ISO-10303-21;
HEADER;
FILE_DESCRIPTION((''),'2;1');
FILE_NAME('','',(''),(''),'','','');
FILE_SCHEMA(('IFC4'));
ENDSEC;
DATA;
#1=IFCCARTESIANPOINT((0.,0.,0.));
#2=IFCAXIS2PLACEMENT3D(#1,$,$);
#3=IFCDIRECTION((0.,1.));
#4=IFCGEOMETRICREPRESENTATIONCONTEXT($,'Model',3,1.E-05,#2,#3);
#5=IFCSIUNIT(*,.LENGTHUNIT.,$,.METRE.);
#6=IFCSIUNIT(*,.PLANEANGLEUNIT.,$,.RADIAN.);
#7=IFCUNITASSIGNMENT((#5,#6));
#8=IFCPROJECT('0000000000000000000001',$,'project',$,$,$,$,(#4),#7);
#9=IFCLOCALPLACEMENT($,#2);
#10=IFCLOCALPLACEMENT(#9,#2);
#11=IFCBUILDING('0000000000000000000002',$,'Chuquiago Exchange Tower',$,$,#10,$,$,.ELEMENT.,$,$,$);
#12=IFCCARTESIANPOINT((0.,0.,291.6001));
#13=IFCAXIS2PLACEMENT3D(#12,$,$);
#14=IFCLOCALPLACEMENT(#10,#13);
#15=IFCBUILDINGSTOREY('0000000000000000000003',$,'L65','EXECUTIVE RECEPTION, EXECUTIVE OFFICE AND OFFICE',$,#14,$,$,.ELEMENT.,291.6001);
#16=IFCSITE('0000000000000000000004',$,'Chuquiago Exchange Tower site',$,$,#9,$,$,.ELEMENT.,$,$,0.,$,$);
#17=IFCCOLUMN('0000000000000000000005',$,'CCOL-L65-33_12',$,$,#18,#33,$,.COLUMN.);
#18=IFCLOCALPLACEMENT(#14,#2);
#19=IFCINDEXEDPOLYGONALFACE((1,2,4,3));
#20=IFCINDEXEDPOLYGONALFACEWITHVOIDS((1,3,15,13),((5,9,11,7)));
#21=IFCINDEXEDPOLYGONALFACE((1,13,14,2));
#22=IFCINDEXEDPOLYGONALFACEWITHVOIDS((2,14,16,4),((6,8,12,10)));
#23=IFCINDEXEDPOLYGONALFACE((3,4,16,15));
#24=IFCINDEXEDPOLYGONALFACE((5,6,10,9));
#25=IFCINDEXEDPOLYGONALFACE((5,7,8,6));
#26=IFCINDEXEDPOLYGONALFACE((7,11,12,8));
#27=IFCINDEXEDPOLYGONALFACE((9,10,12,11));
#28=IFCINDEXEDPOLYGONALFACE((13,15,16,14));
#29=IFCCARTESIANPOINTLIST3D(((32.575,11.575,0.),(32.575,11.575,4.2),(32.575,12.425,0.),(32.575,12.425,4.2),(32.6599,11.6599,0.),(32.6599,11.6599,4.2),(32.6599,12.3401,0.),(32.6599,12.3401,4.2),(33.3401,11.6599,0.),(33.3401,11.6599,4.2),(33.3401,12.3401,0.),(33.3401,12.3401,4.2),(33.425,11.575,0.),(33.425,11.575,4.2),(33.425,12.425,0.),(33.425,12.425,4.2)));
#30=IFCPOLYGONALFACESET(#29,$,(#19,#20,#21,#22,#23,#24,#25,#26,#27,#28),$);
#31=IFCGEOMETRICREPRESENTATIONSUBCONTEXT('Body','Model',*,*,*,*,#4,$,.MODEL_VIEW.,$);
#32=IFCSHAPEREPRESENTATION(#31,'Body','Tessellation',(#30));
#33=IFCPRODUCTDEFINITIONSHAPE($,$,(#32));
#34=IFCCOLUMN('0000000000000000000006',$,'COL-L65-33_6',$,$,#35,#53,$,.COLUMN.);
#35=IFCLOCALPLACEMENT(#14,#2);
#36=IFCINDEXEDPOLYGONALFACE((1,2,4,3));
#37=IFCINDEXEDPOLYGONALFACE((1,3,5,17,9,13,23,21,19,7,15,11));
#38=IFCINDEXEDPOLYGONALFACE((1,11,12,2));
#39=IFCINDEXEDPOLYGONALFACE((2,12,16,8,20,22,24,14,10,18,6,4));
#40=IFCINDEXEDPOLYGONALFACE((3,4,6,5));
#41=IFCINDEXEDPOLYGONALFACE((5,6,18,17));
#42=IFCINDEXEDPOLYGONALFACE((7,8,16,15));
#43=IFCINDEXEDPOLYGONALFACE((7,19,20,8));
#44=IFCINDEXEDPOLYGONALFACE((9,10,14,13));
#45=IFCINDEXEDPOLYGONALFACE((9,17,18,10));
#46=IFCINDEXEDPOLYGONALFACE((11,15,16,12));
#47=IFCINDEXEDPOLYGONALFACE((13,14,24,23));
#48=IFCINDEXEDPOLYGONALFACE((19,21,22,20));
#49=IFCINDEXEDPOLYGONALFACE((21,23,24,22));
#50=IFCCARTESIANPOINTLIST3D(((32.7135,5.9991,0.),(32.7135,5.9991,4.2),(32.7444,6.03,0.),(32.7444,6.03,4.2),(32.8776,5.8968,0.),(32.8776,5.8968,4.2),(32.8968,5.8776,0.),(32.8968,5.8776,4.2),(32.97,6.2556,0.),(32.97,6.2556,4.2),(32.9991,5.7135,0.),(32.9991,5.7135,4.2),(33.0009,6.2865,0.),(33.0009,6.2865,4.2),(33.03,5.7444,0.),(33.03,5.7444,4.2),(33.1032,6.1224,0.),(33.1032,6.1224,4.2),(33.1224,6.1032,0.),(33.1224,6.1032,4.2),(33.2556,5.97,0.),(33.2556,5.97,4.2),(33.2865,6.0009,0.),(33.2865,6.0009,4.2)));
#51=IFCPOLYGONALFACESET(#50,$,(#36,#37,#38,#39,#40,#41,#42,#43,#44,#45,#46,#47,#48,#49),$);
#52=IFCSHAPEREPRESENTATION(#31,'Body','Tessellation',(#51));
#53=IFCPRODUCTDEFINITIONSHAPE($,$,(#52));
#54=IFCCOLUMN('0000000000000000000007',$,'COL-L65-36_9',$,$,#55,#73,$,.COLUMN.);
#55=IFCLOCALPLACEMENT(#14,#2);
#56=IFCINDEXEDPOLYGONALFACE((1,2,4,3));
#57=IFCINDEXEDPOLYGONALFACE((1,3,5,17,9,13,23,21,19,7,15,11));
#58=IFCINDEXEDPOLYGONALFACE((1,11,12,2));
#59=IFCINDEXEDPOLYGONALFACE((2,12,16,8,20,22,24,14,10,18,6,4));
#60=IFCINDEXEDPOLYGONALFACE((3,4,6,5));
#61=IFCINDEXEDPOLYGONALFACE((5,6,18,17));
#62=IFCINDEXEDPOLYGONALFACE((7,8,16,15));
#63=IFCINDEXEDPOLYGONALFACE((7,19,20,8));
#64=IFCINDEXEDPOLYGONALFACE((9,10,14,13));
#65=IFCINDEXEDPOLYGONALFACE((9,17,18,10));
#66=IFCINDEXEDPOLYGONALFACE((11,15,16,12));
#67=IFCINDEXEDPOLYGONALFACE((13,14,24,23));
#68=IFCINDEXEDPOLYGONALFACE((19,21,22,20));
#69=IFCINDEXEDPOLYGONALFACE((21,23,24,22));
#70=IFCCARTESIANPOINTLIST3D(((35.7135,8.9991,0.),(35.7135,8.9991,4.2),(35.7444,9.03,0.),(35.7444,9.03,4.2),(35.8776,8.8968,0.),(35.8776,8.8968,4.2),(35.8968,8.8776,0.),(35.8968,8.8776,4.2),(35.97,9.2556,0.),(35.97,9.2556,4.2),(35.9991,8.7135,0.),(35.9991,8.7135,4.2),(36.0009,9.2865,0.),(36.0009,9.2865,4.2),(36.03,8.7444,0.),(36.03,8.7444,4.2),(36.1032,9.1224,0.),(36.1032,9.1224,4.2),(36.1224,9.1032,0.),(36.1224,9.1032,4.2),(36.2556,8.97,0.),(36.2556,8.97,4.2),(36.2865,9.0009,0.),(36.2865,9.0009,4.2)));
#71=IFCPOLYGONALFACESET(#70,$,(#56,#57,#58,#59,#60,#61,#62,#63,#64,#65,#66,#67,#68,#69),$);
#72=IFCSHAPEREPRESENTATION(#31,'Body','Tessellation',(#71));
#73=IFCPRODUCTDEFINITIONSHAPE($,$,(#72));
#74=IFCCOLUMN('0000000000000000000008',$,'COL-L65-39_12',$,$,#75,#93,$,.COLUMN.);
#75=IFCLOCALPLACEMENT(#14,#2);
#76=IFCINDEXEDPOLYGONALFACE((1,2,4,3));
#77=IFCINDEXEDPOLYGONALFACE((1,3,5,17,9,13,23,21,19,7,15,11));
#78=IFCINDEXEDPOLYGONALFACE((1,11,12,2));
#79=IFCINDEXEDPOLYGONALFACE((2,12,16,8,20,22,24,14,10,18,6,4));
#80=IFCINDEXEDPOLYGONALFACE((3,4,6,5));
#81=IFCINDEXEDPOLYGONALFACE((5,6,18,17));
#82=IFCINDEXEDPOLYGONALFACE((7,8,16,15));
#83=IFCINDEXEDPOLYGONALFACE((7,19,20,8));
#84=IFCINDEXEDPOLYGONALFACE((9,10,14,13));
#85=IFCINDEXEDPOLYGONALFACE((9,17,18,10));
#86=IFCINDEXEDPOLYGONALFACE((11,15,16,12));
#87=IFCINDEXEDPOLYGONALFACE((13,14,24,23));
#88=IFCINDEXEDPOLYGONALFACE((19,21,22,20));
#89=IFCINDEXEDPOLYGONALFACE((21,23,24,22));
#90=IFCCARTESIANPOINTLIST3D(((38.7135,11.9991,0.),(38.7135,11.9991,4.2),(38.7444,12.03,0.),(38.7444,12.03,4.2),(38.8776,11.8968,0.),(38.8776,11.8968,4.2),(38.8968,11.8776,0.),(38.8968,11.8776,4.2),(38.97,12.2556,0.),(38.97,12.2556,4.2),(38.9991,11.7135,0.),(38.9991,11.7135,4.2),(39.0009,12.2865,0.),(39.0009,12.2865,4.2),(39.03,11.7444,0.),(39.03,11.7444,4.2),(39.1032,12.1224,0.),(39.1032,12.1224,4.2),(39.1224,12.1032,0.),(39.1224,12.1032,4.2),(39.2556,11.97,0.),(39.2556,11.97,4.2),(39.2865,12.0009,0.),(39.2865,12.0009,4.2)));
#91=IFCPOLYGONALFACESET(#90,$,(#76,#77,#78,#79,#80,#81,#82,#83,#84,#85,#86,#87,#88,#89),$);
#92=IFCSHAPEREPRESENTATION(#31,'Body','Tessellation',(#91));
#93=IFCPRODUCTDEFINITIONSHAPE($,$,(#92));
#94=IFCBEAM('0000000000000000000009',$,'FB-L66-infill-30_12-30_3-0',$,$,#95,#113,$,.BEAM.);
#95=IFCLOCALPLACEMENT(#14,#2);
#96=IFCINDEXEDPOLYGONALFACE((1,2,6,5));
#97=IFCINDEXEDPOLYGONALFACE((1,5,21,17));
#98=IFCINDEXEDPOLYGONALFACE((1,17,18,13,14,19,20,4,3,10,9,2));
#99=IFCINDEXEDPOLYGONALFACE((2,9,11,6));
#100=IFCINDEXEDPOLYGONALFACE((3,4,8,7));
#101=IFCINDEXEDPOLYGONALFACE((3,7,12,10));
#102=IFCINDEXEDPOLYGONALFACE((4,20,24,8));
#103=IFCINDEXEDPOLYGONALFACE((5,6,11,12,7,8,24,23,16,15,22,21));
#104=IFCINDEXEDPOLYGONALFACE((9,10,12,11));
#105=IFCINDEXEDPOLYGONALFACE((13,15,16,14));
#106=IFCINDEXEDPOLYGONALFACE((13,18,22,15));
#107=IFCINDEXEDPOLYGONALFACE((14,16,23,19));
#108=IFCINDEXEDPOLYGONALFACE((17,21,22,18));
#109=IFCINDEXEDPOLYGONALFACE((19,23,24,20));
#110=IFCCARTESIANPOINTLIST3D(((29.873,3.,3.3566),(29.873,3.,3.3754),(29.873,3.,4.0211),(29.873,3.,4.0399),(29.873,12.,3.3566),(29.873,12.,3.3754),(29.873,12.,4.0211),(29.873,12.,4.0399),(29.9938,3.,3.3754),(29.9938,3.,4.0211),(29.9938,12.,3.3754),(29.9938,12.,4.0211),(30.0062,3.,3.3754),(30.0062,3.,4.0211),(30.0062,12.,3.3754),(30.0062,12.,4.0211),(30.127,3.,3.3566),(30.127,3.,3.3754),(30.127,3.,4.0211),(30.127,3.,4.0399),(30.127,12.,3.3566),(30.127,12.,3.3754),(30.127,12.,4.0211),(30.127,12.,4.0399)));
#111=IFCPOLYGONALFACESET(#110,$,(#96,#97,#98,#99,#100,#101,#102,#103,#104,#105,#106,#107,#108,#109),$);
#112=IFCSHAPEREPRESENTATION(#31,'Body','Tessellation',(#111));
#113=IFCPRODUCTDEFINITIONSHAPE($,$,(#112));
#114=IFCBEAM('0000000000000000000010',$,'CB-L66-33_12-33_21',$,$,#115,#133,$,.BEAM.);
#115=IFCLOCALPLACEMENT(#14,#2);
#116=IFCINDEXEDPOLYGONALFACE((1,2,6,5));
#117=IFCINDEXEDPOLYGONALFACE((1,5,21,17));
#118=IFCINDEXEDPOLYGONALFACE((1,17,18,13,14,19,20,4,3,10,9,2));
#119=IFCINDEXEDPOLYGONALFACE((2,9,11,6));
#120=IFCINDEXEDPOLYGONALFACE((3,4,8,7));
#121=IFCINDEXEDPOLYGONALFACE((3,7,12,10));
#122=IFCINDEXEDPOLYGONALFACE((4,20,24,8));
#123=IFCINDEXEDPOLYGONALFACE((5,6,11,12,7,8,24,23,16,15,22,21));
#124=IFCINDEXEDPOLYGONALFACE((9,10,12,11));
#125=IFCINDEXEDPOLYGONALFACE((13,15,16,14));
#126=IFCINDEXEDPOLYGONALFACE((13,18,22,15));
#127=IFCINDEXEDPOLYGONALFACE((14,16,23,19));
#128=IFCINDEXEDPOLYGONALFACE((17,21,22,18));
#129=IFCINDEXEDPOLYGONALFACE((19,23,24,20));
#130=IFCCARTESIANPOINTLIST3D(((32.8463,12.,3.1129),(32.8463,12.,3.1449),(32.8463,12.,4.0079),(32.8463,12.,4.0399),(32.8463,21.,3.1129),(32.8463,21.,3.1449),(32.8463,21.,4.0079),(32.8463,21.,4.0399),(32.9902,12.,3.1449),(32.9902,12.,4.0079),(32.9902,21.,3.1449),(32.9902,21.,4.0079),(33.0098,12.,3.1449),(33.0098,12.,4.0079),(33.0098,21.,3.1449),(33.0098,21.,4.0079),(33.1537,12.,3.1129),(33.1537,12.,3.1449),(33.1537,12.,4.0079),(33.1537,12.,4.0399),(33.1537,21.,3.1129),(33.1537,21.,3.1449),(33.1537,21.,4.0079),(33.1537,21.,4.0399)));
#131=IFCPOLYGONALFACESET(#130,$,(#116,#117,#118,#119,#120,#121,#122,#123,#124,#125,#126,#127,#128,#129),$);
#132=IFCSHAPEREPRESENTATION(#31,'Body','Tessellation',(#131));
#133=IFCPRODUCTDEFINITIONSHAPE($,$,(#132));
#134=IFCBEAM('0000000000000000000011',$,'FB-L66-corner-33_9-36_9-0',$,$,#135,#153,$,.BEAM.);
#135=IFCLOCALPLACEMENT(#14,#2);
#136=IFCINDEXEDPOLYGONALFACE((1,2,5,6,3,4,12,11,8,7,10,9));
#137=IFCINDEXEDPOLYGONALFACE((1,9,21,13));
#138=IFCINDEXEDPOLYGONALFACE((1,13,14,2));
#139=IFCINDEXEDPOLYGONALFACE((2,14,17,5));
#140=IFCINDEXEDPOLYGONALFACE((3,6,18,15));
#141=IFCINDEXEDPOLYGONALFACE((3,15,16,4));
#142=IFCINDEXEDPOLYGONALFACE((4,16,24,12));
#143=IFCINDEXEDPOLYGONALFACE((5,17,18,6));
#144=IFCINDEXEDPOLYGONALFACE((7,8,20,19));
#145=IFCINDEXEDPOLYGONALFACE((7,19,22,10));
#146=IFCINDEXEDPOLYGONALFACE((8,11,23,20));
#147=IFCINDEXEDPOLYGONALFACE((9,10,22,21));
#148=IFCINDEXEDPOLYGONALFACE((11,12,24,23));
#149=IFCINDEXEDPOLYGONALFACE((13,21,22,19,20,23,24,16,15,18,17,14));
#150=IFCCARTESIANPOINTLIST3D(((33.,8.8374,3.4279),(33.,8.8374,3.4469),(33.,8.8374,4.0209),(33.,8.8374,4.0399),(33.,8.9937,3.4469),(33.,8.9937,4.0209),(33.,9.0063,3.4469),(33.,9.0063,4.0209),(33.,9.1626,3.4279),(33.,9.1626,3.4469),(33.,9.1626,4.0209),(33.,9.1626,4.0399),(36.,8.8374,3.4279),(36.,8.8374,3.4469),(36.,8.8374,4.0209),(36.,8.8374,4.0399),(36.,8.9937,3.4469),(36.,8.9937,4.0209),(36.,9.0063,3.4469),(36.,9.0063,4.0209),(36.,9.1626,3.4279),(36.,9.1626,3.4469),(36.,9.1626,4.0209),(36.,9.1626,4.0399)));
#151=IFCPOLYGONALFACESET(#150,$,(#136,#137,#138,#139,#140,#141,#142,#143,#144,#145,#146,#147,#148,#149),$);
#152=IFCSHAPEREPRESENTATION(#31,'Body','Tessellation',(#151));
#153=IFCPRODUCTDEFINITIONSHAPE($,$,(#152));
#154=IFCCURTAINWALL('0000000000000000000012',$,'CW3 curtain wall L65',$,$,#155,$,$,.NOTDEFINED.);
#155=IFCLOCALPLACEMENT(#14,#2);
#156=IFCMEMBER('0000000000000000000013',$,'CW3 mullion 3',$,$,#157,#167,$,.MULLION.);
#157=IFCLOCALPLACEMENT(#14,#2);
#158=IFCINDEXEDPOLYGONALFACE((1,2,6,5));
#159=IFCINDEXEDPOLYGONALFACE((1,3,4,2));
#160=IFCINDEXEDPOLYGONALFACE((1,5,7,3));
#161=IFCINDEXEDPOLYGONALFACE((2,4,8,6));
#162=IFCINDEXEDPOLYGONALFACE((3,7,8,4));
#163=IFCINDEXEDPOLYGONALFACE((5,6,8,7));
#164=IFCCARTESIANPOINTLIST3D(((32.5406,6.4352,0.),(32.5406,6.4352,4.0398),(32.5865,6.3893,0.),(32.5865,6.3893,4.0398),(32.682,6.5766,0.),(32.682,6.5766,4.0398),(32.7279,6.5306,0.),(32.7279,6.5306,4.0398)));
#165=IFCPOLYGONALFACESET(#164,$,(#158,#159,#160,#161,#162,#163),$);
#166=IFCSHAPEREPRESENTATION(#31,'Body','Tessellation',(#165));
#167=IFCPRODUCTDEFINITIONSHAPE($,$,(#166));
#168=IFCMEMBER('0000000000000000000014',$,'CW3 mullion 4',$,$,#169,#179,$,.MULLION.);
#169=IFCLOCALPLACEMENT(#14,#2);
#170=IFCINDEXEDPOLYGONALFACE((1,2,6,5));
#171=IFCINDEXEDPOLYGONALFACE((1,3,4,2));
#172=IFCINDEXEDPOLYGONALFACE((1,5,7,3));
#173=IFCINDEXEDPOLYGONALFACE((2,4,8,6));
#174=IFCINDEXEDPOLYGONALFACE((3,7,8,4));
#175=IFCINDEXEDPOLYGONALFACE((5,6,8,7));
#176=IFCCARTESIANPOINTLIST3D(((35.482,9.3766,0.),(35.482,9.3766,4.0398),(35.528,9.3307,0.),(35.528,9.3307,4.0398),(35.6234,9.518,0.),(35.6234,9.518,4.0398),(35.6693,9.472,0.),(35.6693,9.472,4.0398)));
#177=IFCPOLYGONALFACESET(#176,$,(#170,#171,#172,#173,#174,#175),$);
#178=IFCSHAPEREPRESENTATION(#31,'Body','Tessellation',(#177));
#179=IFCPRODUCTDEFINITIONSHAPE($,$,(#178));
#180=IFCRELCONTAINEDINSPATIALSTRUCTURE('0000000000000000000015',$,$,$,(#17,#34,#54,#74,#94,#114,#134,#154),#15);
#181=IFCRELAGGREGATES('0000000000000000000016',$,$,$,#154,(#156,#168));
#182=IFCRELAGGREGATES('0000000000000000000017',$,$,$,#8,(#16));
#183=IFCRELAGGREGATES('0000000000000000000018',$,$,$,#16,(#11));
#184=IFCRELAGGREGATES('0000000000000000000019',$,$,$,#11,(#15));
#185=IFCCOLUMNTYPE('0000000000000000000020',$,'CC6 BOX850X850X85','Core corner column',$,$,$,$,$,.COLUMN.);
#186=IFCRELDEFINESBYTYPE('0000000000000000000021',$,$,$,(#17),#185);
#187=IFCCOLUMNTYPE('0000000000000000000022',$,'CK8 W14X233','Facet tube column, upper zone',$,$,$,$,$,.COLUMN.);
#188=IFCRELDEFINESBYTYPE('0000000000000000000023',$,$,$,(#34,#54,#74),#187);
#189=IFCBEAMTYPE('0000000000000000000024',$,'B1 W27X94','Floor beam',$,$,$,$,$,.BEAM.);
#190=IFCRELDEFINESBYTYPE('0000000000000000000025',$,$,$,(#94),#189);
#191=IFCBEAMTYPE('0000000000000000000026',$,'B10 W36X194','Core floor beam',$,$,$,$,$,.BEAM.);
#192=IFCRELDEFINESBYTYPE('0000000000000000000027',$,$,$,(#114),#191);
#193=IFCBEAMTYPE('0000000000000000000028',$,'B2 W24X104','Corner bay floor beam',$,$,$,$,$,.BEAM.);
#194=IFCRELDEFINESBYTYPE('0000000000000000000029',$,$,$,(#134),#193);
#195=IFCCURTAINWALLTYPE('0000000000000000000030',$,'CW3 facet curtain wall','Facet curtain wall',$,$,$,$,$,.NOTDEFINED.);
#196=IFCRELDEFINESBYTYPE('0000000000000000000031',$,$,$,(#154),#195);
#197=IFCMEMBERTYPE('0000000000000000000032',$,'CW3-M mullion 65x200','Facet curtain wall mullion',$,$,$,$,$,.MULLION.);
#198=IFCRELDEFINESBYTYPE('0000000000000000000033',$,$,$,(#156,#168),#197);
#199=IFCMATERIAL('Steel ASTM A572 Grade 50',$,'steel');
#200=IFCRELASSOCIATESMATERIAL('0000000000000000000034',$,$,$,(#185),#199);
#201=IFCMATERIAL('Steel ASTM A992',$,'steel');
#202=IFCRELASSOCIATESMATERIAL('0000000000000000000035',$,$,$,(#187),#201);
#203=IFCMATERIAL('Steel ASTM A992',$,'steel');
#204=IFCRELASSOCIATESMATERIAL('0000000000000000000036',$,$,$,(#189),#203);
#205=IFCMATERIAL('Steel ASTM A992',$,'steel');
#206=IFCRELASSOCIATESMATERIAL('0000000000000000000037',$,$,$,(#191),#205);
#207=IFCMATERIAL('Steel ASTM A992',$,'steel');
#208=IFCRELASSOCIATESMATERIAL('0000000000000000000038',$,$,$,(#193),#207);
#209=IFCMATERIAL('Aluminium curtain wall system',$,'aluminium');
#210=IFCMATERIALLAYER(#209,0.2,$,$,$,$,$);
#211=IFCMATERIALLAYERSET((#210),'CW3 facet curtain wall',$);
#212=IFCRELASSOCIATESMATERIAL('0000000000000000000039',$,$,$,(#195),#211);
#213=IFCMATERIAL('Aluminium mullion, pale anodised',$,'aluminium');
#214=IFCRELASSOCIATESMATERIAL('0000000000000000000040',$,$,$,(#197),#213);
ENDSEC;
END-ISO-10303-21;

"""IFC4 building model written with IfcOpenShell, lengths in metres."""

from ifc_helpers import new_model, si_unit, direction, frame, origin, origin_2d, place, context, subcontext, project, spatial, rectangle, hollow_rectangle, i_section, extrude, material, layer, layer_set, material_profile, profile_set, type_object, element, aggregate, save


model = new_model("IFC4")

# Units and contexts
model_context = context("Model", 3, precision=1e-05, world=origin(), true_north=direction((0.0, 1.0)))
body_context = subcontext(model_context, "Body", "Model", "MODEL_VIEW")
ifc_project = project(units=[si_unit("LENGTHUNIT", "METRE"), si_unit("PLANEANGLEUNIT", "RADIAN")], contexts=[model_context])

# Site, building, storey
site_placement = place(None, origin())
site = spatial("IfcSite", under=ifc_project, at=site_placement, Name="Chuquiago Exchange Tower site", CompositionType="ELEMENT", RefElevation=0.0)
building_placement = place(site_placement, origin())
building = spatial("IfcBuilding", under=site, at=building_placement, Name="Chuquiago Exchange Tower", CompositionType="ELEMENT")
storey_placement = place(building_placement, frame((0.0, 0.0, 291.6001)))
storey = spatial("IfcBuildingStorey", under=building, at=storey_placement, Name="L65", Description="EXECUTIVE RECEPTION, EXECUTIVE OFFICE AND OFFICE", CompositionType="ELEMENT", Elevation=291.6001)

# Columns
ifc_material_1 = material(Name="Steel ASTM A572 Grade 50", Category="steel")
ifc_material_profile_1 = material_profile(ifc_material_1, hollow_rectangle(XDim=0.8501, YDim=0.8501, WallThickness=0.085, at=origin_2d()), Name="BOX850X850X85")
ifc_profile_set_1 = profile_set([ifc_material_profile_1], Name="Steel ASTM A572 Grade 50")
column_type_1 = type_object("IfcColumnType", Name="CC6 BOX850X850X85", Description="Core corner column", PredefinedType="COLUMN", material=ifc_profile_set_1)
column_placement = place(storey_placement, frame((33.0, 12.0, 0.0), z_axis=(0.0, 0.0, 1.0), x_axis=(1.0, 0.0, 0.0)))
element("IfcColumn", 1, at=column_placement, inside=storey, type_object=column_type_1, Name="CCOL-L65-33_12", PredefinedType="COLUMN", context=body_context, shape_type="SweptSolid", body=[
    extrude(hollow_rectangle(XDim=0.8501, YDim=0.8501, WallThickness=0.085, at=origin_2d()), origin(), (0.0, 0.0, 1.0), 4.2),
])
ifc_material_2 = material(Name="Steel ASTM A992", Category="steel")
ifc_material_profile_2 = material_profile(ifc_material_2, i_section(OverallWidth=0.4038, OverallDepth=0.4065, WebThickness=0.0271, FlangeThickness=0.0437, at=origin_2d()), Name="W14X233")
ifc_profile_set_2 = profile_set([ifc_material_profile_2], Name="Steel ASTM A992")
column_type_2 = type_object("IfcColumnType", Name="CK8 W14X233", Description="Facet tube column, upper zone", PredefinedType="COLUMN", material=ifc_profile_set_2)
for number, where, z_axis, x_axis, name in (
    (2, (33.0, 6.0, 0.0), (0.0, 0.0, 1.0), (0.707107, -0.707107, 0.0), "COL-L65-33_6"),
    (3, (36.0, 9.0, 0.0), (0.0, 0.0, 1.0), (0.707107, -0.707107, 0.0), "COL-L65-36_9"),
    (4, (39.0, 12.0, 0.0), (0.0, 0.0, 1.0), (0.707107, -0.707107, 0.0), "COL-L65-39_12"),
):
    element("IfcColumn", number, at=place(storey_placement, frame(where, z_axis=z_axis, x_axis=x_axis)), inside=storey, type_object=column_type_2, Name=name, PredefinedType="COLUMN", context=body_context, shape_type="SweptSolid", body=[
        extrude(i_section(OverallWidth=0.4038, OverallDepth=0.4065, WebThickness=0.0271, FlangeThickness=0.0437, at=origin_2d()), origin(), (0.0, 0.0, 1.0), 4.2),
    ])

# Beams
ifc_material_3 = material(Name="Steel ASTM A992", Category="steel")
ifc_material_profile_3 = material_profile(ifc_material_3, i_section(OverallWidth=0.2539, OverallDepth=0.6833, WebThickness=0.0125, FlangeThickness=0.0188, at=origin_2d()), Name="W27X94")
ifc_profile_set_3 = profile_set([ifc_material_profile_3], Name="Steel ASTM A992")
beam_type_1 = type_object("IfcBeamType", Name="B1 W27X94", Description="Floor beam", PredefinedType="BEAM", material=ifc_profile_set_3)
beam_1_placement = place(storey_placement, frame((30.0, 12.0, 3.6982), z_axis=(0.0, -1.0, 0.0), x_axis=(1.0, 0.0, 0.0)))
element("IfcBeam", 5, at=beam_1_placement, inside=storey, type_object=beam_type_1, Name="FB-L66-infill-30_12-30_3-0", PredefinedType="BEAM", context=body_context, shape_type="SweptSolid", body=[
    extrude(i_section(OverallWidth=0.2539, OverallDepth=0.6833, WebThickness=0.0125, FlangeThickness=0.0188, at=origin_2d()), origin(), (0.0, 0.0, 1.0), 9.0),
])
ifc_material_4 = material(Name="Steel ASTM A992", Category="steel")
ifc_material_profile_4 = material_profile(ifc_material_4, i_section(OverallWidth=0.3074, OverallDepth=0.927, WebThickness=0.0195, FlangeThickness=0.032, at=origin_2d()), Name="W36X194")
ifc_profile_set_4 = profile_set([ifc_material_profile_4], Name="Steel ASTM A992")
beam_type_2 = type_object("IfcBeamType", Name="B10 W36X194", Description="Core floor beam", PredefinedType="BEAM", material=ifc_profile_set_4)
beam_2_placement = place(storey_placement, frame((33.0, 12.0, 3.5764), z_axis=(0.0, 1.0, 0.0), x_axis=(-1.0, 0.0, 0.0)))
element("IfcBeam", 6, at=beam_2_placement, inside=storey, type_object=beam_type_2, Name="CB-L66-33_12-33_21", PredefinedType="BEAM", context=body_context, shape_type="SweptSolid", body=[
    extrude(i_section(OverallWidth=0.3074, OverallDepth=0.927, WebThickness=0.0195, FlangeThickness=0.032, at=origin_2d()), origin(), (0.0, 0.0, 1.0), 9.0),
])
ifc_material_5 = material(Name="Steel ASTM A992", Category="steel")
ifc_material_profile_5 = material_profile(ifc_material_5, i_section(OverallWidth=0.3252, OverallDepth=0.6121, WebThickness=0.0127, FlangeThickness=0.019, at=origin_2d()), Name="W24X104")
ifc_profile_set_5 = profile_set([ifc_material_profile_5], Name="Steel ASTM A992")
beam_type_3 = type_object("IfcBeamType", Name="B2 W24X104", Description="Corner bay floor beam", PredefinedType="BEAM", material=ifc_profile_set_5)
beam_3_placement = place(storey_placement, frame((33.0, 9.0, 3.7339), z_axis=(1.0, 0.0, 0.0), x_axis=(0.0, 1.0, 0.0)))
element("IfcBeam", 7, at=beam_3_placement, inside=storey, type_object=beam_type_3, Name="FB-L66-corner-33_9-36_9-0", PredefinedType="BEAM", context=body_context, shape_type="SweptSolid", body=[
    extrude(i_section(OverallWidth=0.3252, OverallDepth=0.6121, WebThickness=0.0127, FlangeThickness=0.019, at=origin_2d()), origin(), (0.0, 0.0, 1.0), 3.0),
])

# Curtain wall, members
ifc_material_6 = material(Name="Aluminium curtain wall system", Category="aluminium")
ifc_layer_1 = layer(ifc_material_6, 0.2)
ifc_layer_set_1 = layer_set([ifc_layer_1], Name="CW3 facet curtain wall")
curtain_wall_type = type_object("IfcCurtainWallType", Name="CW3 facet curtain wall", Description="Facet curtain wall", PredefinedType="NOTDEFINED", material=ifc_layer_set_1)
curtain_wall_placement = place(storey_placement, origin())
curtain_wall = element("IfcCurtainWall", 8, at=curtain_wall_placement, inside=storey, type_object=curtain_wall_type, Name="CW3 curtain wall L65", PredefinedType="NOTDEFINED")
ifc_material_7 = material(Name="Aluminium mullion, pale anodised", Category="aluminium")
ifc_material_profile_6 = material_profile(ifc_material_7, rectangle(XDim=0.0649, YDim=0.2, at=origin_2d()), Name="AL 65x200")
ifc_profile_set_6 = profile_set([ifc_material_profile_6], Name="Aluminium mullion, pale anodised")
member_type_1 = type_object("IfcMemberType", Name="CW3-M mullion 65x200", Description="Facet curtain wall mullion", PredefinedType="MULLION", material=ifc_profile_set_6)
member_1_placement = place(storey_placement, frame((32.6343, 6.4829, 0.0), z_axis=(0.0, 0.0, 1.0), x_axis=(-0.707107, 0.707107, 0.0)))
member_1 = element("IfcMember", 9, at=member_1_placement, type_object=member_type_1, Name="CW3 mullion 3", PredefinedType="MULLION", context=body_context, shape_type="SweptSolid", body=[
    extrude(rectangle(XDim=0.0649, YDim=0.2, at=origin_2d()), origin(), (0.0, 0.0, 1.0), 4.0398),
])
member_2_placement = place(storey_placement, frame((35.5757, 9.4243, 0.0), z_axis=(0.0, 0.0, 1.0), x_axis=(-0.707107, 0.707107, 0.0)))
member_2 = element("IfcMember", 10, at=member_2_placement, type_object=member_type_1, Name="CW3 mullion 4", PredefinedType="MULLION", context=body_context, shape_type="SweptSolid", body=[
    extrude(rectangle(XDim=0.0649, YDim=0.2, at=origin_2d()), origin(), (0.0, 0.0, 1.0), 4.0398),
])

aggregate(curtain_wall, [member_1, member_2])

save(model, "model.ifc")
